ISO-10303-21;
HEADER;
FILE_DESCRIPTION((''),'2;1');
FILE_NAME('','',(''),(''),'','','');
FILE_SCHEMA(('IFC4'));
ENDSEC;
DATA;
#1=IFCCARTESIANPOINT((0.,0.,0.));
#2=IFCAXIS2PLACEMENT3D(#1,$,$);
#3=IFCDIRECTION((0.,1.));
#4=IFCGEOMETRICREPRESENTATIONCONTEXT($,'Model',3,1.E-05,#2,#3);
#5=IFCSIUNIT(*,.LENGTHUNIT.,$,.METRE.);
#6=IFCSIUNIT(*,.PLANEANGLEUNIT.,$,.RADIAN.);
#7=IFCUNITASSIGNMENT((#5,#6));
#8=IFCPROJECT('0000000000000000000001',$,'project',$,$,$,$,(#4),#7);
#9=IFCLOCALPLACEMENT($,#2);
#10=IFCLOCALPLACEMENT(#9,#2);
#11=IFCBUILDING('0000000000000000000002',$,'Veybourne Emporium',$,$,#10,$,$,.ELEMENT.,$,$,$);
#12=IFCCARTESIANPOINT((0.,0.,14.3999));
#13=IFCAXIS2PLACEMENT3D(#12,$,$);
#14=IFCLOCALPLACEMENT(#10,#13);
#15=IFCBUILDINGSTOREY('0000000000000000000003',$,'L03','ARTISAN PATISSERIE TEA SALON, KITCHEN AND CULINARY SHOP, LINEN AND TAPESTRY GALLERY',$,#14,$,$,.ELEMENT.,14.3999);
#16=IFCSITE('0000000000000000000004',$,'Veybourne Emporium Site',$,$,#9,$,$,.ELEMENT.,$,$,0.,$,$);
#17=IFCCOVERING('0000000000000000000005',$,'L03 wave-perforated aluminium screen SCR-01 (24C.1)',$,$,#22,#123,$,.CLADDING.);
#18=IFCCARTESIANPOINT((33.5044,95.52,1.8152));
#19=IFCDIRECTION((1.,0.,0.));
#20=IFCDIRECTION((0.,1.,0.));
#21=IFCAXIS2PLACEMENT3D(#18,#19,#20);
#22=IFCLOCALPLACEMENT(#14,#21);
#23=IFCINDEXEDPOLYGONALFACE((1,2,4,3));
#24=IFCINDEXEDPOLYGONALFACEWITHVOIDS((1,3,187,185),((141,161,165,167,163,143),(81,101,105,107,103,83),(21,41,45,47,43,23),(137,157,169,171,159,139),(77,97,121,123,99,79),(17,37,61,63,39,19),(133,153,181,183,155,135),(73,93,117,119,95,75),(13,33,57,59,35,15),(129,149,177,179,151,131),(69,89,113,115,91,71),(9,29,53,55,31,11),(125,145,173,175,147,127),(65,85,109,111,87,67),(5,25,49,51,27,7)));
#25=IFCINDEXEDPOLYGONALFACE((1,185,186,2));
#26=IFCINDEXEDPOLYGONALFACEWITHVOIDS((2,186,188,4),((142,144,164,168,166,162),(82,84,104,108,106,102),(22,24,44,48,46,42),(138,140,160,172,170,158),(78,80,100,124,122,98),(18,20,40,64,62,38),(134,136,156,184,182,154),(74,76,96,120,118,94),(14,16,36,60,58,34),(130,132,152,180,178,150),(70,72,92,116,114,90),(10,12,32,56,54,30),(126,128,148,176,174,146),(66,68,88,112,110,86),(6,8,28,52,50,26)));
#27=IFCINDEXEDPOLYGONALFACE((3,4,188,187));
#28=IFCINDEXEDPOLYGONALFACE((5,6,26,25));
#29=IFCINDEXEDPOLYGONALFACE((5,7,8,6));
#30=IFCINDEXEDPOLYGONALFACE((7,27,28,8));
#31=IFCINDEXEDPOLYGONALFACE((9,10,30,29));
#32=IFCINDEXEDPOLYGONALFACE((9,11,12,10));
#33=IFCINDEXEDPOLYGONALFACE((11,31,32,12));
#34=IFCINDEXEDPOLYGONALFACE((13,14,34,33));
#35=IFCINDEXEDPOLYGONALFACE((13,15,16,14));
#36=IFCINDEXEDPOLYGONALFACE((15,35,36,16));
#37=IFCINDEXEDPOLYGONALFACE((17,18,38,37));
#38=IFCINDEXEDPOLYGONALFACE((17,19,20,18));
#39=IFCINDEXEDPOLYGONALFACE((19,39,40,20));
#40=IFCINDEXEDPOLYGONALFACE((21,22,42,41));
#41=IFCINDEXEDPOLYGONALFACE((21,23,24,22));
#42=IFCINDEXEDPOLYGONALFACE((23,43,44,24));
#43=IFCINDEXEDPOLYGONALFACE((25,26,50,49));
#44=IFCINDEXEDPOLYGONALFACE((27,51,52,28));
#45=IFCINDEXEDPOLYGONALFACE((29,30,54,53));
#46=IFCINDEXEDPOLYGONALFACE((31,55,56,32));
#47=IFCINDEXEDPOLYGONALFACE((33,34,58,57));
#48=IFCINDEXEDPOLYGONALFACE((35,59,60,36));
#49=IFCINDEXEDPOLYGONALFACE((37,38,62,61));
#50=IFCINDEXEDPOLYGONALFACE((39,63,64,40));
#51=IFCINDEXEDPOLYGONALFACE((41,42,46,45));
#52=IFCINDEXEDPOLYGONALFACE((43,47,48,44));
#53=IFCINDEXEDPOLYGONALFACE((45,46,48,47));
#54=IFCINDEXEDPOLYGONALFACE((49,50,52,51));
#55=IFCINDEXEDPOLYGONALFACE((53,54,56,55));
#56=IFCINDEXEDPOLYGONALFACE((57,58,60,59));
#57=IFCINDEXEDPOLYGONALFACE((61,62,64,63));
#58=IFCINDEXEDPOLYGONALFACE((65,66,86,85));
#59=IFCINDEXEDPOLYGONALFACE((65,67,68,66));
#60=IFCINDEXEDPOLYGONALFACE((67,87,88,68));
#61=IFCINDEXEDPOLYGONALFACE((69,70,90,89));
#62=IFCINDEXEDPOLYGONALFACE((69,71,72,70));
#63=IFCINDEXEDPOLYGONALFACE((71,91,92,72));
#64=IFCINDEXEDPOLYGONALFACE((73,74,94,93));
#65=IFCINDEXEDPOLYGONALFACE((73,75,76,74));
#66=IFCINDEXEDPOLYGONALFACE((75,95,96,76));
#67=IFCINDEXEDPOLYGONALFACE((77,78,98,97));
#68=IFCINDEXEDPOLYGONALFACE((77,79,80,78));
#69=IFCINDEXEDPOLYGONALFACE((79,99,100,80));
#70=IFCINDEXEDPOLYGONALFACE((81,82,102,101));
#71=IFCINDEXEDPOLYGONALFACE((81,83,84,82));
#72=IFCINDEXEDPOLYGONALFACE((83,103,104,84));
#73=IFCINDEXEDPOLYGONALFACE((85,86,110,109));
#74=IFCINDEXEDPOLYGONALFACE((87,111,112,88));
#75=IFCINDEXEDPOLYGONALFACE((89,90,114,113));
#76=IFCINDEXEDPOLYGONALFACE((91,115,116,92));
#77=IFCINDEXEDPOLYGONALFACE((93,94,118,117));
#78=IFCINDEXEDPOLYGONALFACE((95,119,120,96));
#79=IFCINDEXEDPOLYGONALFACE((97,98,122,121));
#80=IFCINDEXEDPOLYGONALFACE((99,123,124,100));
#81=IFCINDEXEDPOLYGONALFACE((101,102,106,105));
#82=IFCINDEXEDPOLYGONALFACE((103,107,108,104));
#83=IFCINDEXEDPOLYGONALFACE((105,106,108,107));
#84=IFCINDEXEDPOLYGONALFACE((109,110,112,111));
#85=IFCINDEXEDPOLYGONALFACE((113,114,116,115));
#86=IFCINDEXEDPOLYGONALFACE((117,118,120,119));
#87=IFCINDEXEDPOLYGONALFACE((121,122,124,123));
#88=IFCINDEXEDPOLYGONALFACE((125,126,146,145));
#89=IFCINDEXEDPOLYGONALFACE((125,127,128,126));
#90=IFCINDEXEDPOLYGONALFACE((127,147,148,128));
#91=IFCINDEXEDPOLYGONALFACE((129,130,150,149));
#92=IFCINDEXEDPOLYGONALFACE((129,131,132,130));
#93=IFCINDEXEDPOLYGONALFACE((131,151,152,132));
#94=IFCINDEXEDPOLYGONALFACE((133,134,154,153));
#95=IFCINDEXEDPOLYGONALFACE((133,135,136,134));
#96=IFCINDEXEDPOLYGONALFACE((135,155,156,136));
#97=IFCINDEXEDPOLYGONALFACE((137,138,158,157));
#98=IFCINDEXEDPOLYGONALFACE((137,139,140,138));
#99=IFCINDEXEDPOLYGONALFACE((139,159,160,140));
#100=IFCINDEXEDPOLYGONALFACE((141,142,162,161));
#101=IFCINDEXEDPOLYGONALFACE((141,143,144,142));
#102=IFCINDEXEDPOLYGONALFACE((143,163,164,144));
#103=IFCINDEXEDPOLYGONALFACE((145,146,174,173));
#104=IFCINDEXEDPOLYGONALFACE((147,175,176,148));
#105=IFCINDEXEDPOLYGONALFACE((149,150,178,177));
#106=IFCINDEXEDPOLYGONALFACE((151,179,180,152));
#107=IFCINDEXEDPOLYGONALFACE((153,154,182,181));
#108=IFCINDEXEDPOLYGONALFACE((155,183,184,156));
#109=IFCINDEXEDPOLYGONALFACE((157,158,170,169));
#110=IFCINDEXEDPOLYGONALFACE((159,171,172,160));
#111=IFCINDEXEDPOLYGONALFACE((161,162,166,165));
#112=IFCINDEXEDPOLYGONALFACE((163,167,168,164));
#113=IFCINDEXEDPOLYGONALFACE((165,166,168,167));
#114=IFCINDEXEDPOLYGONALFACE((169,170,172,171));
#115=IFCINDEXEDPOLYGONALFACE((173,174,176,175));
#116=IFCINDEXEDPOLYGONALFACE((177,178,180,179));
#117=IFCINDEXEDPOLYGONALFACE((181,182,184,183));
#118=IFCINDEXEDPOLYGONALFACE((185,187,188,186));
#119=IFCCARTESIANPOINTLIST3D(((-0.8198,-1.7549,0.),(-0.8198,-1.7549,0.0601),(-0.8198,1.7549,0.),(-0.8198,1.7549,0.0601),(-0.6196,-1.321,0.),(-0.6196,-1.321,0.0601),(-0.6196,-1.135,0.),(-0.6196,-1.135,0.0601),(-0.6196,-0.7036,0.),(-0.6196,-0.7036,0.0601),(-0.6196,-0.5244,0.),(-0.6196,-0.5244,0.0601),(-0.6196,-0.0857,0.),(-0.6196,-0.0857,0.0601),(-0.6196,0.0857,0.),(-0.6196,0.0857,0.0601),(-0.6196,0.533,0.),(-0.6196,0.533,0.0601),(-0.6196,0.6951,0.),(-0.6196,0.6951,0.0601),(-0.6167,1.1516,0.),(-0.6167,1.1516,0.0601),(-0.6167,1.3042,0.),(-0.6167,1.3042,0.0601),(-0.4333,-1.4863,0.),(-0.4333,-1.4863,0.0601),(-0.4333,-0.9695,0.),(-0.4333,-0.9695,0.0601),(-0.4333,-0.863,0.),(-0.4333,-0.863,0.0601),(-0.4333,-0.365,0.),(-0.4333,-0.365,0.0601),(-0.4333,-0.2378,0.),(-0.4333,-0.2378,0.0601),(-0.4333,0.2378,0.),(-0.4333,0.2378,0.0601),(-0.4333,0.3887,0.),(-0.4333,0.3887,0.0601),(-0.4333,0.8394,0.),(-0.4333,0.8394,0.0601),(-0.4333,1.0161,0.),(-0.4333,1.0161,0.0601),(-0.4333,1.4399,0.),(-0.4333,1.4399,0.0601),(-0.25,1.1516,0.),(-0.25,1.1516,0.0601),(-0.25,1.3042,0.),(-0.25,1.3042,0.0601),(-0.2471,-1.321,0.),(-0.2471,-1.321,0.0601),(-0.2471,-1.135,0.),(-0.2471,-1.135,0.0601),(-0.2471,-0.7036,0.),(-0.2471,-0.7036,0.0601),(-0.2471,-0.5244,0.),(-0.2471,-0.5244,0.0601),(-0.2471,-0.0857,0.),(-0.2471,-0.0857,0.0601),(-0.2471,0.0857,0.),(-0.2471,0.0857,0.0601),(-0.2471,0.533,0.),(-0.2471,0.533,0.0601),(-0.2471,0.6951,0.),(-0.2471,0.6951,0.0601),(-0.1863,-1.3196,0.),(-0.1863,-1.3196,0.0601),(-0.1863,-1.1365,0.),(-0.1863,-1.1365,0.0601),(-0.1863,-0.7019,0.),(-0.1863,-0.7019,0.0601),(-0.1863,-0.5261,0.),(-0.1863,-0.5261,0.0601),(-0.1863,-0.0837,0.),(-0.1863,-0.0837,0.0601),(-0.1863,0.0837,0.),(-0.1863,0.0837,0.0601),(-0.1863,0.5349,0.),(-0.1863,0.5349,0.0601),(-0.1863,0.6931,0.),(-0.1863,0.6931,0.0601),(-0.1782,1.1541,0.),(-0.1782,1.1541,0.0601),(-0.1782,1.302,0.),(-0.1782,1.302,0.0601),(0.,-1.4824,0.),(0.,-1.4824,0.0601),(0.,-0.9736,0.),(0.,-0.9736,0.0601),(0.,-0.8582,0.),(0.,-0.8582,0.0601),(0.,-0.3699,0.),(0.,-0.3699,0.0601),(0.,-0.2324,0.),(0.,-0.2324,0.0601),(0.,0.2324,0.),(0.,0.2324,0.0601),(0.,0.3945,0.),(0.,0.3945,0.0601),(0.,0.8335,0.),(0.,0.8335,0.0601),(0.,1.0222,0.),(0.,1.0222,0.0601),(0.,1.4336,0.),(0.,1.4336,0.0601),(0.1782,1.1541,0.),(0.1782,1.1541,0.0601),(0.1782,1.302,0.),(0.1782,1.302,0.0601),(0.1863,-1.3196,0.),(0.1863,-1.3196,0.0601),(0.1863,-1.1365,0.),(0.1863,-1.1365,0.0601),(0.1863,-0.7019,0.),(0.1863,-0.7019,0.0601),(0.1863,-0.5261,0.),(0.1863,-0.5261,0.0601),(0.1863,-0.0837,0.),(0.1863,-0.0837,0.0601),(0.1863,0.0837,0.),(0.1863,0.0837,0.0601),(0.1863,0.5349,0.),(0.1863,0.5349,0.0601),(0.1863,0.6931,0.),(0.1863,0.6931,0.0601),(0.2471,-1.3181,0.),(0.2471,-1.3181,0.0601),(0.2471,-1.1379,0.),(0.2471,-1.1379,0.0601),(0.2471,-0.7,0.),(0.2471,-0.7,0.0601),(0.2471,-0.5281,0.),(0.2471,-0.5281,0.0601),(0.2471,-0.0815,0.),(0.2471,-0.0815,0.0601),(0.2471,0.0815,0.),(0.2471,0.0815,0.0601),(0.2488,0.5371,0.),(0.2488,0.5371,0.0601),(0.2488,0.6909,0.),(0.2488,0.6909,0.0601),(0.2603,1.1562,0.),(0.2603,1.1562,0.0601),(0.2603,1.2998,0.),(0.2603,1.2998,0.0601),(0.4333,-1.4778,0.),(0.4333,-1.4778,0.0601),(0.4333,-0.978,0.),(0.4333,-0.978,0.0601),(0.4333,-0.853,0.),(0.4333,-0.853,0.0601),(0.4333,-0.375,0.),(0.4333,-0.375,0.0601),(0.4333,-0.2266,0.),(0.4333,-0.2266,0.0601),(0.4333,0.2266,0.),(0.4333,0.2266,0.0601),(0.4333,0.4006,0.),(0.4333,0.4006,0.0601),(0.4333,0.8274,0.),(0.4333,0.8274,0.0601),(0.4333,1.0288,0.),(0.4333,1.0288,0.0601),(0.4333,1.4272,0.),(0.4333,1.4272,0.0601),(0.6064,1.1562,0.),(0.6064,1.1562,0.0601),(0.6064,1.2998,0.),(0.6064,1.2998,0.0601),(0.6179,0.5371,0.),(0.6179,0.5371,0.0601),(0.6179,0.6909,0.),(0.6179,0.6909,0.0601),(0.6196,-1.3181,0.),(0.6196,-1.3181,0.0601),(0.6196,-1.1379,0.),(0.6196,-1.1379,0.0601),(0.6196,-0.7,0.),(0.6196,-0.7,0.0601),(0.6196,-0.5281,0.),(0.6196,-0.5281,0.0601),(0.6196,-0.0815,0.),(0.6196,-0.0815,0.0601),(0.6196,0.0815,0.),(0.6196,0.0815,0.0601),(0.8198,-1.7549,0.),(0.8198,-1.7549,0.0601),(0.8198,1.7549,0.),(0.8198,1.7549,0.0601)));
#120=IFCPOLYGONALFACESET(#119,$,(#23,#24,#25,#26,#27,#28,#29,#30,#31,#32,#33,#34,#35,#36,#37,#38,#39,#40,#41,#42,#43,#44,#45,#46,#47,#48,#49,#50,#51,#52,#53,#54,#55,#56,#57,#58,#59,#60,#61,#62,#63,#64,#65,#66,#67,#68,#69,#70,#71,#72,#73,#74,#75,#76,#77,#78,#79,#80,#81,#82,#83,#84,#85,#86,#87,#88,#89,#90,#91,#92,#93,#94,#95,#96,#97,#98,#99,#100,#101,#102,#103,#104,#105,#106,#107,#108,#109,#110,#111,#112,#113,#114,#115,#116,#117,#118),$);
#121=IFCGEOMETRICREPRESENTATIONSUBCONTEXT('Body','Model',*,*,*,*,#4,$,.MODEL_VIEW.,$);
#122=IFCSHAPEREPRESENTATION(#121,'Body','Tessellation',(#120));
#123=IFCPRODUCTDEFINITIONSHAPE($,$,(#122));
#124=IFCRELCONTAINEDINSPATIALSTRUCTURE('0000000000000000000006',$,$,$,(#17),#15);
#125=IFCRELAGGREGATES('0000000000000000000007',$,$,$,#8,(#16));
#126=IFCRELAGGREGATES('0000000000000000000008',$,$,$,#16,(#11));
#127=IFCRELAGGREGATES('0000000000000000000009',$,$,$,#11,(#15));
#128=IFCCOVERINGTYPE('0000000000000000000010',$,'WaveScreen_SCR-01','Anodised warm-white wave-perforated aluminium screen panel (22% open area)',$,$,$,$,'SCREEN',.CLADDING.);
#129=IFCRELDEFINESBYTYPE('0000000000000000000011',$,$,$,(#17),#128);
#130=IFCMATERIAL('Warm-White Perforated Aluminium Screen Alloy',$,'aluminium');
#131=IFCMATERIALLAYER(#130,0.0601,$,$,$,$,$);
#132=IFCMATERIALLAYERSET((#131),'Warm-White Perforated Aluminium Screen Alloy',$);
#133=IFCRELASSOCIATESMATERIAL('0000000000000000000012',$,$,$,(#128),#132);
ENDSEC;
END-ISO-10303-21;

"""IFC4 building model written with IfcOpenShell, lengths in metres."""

from ifc_helpers import new_model, si_unit, direction, frame, origin, place, context, subcontext, project, spatial, polyline, outline, extrude, material, layer, layer_set, type_object, element, save


model = new_model("IFC4")

# Units and contexts
model_context = context("Model", 3, precision=1e-05, world=origin(), true_north=direction((0.0, 1.0)))
body_context = subcontext(model_context, "Body", "Model", "MODEL_VIEW")
ifc_project = project(units=[si_unit("LENGTHUNIT", "METRE"), si_unit("PLANEANGLEUNIT", "RADIAN")], contexts=[model_context])

# Site, building, storey
site_placement = place(None, origin())
site = spatial("IfcSite", under=ifc_project, at=site_placement, Name="Veybourne Emporium Site", CompositionType="ELEMENT", RefElevation=0.0)
building_placement = place(site_placement, origin())
building = spatial("IfcBuilding", under=site, at=building_placement, Name="Veybourne Emporium", CompositionType="ELEMENT")
storey_placement = place(building_placement, frame((0.0, 0.0, 14.3999)))
storey = spatial("IfcBuildingStorey", under=building, at=storey_placement, Name="L03", Description="ARTISAN PATISSERIE TEA SALON, KITCHEN AND CULINARY SHOP, LINEN AND TAPESTRY GALLERY", CompositionType="ELEMENT", Elevation=14.3999)

# Covering
ifc_material_1 = material(Name="Warm-White Perforated Aluminium Screen Alloy", Category="aluminium")
ifc_layer_1 = layer(ifc_material_1, 0.0601)
ifc_layer_set_1 = layer_set([ifc_layer_1], Name="Warm-White Perforated Aluminium Screen Alloy")
covering_type_1 = type_object("IfcCoveringType", Name="WaveScreen_SCR-01", Description="Anodised warm-white wave-perforated aluminium screen panel (22% open area)", ElementType="SCREEN", PredefinedType="CLADDING", material=ifc_layer_set_1)
covering_1_placement = place(storey_placement, frame((33.5044, 95.52, 1.8152), z_axis=(1.0, 0.0, 0.0), x_axis=(0.0, 1.0, 0.0)))
element("IfcCovering", 1, at=covering_1_placement, inside=storey, type_object=covering_type_1, Name="L03 wave-perforated aluminium screen SCR-01 (24C.1)", PredefinedType="CLADDING", context=body_context, shape_type="SweptSolid", body=[
    extrude(outline(polyline([(-0.8198, -1.7549), (0.8198, -1.7549), (0.8198, 1.7549), (-0.8198, 1.7549), (-0.8198, -1.7549)]), holes=[polyline([(-0.4333, -0.9695), (-0.2471, -1.135), (-0.2471, -1.321), (-0.4333, -1.4863), (-0.6196, -1.321), (-0.6196, -1.135), (-0.4333, -0.9695)]), polyline([(-0.4333, -0.365), (-0.2471, -0.5244), (-0.2471, -0.7036), (-0.4333, -0.863), (-0.6196, -0.7036), (-0.6196, -0.5244), (-0.4333, -0.365)]), polyline([(-0.4333, 0.2378), (-0.2471, 0.0857), (-0.2471, -0.0857), (-0.4333, -0.2378), (-0.6196, -0.0857), (-0.6196, 0.0857), (-0.4333, 0.2378)]), polyline([(-0.4333, 0.8394), (-0.2471, 0.6951), (-0.2471, 0.533), (-0.4333, 0.3887), (-0.6196, 0.533), (-0.6196, 0.6951), (-0.4333, 0.8394)]), polyline([(-0.4333, 1.4399), (-0.25, 1.3042), (-0.25, 1.1516), (-0.4333, 1.0161), (-0.6167, 1.1516), (-0.6167, 1.3042), (-0.4333, 1.4399)]), polyline([(0.0, -0.9736), (0.1863, -1.1365), (0.1863, -1.3196), (0.0, -1.4824), (-0.1863, -1.3196), (-0.1863, -1.1365), (0.0, -0.9736)]), polyline([(0.0, -0.3699), (0.1863, -0.5261), (0.1863, -0.7019), (0.0, -0.8582), (-0.1863, -0.7019), (-0.1863, -0.5261), (0.0, -0.3699)]), polyline([(0.0, 0.2324), (0.1863, 0.0837), (0.1863, -0.0837), (0.0, -0.2324), (-0.1863, -0.0837), (-0.1863, 0.0837), (0.0, 0.2324)]), polyline([(0.0, 0.8335), (0.1863, 0.6931), (0.1863, 0.5349), (0.0, 0.3945), (-0.1863, 0.5349), (-0.1863, 0.6931), (0.0, 0.8335)]), polyline([(0.0, 1.4336), (0.1782, 1.302), (0.1782, 1.1541), (0.0, 1.0222), (-0.1782, 1.1541), (-0.1782, 1.302), (0.0, 1.4336)]), polyline([(0.4333, -0.978), (0.6196, -1.1379), (0.6196, -1.3181), (0.4333, -1.4778), (0.2471, -1.3181), (0.2471, -1.1379), (0.4333, -0.978)]), polyline([(0.4333, -0.375), (0.6196, -0.5281), (0.6196, -0.7), (0.4333, -0.853), (0.2471, -0.7), (0.2471, -0.5281), (0.4333, -0.375)]), polyline([(0.4333, 0.2266), (0.6196, 0.0815), (0.6196, -0.0815), (0.4333, -0.2266), (0.2471, -0.0815), (0.2471, 0.0815), (0.4333, 0.2266)]), polyline([(0.4333, 0.8274), (0.6179, 0.6909), (0.6179, 0.5371), (0.4333, 0.4006), (0.2488, 0.5371), (0.2488, 0.6909), (0.4333, 0.8274)]), polyline([(0.4333, 1.4272), (0.6064, 1.2998), (0.6064, 1.1562), (0.4333, 1.0288), (0.2603, 1.1562), (0.2603, 1.2998), (0.4333, 1.4272)])]), origin(), (0.0, 0.0, 1.0), 0.0601),
])

save(model, "model.ifc")
